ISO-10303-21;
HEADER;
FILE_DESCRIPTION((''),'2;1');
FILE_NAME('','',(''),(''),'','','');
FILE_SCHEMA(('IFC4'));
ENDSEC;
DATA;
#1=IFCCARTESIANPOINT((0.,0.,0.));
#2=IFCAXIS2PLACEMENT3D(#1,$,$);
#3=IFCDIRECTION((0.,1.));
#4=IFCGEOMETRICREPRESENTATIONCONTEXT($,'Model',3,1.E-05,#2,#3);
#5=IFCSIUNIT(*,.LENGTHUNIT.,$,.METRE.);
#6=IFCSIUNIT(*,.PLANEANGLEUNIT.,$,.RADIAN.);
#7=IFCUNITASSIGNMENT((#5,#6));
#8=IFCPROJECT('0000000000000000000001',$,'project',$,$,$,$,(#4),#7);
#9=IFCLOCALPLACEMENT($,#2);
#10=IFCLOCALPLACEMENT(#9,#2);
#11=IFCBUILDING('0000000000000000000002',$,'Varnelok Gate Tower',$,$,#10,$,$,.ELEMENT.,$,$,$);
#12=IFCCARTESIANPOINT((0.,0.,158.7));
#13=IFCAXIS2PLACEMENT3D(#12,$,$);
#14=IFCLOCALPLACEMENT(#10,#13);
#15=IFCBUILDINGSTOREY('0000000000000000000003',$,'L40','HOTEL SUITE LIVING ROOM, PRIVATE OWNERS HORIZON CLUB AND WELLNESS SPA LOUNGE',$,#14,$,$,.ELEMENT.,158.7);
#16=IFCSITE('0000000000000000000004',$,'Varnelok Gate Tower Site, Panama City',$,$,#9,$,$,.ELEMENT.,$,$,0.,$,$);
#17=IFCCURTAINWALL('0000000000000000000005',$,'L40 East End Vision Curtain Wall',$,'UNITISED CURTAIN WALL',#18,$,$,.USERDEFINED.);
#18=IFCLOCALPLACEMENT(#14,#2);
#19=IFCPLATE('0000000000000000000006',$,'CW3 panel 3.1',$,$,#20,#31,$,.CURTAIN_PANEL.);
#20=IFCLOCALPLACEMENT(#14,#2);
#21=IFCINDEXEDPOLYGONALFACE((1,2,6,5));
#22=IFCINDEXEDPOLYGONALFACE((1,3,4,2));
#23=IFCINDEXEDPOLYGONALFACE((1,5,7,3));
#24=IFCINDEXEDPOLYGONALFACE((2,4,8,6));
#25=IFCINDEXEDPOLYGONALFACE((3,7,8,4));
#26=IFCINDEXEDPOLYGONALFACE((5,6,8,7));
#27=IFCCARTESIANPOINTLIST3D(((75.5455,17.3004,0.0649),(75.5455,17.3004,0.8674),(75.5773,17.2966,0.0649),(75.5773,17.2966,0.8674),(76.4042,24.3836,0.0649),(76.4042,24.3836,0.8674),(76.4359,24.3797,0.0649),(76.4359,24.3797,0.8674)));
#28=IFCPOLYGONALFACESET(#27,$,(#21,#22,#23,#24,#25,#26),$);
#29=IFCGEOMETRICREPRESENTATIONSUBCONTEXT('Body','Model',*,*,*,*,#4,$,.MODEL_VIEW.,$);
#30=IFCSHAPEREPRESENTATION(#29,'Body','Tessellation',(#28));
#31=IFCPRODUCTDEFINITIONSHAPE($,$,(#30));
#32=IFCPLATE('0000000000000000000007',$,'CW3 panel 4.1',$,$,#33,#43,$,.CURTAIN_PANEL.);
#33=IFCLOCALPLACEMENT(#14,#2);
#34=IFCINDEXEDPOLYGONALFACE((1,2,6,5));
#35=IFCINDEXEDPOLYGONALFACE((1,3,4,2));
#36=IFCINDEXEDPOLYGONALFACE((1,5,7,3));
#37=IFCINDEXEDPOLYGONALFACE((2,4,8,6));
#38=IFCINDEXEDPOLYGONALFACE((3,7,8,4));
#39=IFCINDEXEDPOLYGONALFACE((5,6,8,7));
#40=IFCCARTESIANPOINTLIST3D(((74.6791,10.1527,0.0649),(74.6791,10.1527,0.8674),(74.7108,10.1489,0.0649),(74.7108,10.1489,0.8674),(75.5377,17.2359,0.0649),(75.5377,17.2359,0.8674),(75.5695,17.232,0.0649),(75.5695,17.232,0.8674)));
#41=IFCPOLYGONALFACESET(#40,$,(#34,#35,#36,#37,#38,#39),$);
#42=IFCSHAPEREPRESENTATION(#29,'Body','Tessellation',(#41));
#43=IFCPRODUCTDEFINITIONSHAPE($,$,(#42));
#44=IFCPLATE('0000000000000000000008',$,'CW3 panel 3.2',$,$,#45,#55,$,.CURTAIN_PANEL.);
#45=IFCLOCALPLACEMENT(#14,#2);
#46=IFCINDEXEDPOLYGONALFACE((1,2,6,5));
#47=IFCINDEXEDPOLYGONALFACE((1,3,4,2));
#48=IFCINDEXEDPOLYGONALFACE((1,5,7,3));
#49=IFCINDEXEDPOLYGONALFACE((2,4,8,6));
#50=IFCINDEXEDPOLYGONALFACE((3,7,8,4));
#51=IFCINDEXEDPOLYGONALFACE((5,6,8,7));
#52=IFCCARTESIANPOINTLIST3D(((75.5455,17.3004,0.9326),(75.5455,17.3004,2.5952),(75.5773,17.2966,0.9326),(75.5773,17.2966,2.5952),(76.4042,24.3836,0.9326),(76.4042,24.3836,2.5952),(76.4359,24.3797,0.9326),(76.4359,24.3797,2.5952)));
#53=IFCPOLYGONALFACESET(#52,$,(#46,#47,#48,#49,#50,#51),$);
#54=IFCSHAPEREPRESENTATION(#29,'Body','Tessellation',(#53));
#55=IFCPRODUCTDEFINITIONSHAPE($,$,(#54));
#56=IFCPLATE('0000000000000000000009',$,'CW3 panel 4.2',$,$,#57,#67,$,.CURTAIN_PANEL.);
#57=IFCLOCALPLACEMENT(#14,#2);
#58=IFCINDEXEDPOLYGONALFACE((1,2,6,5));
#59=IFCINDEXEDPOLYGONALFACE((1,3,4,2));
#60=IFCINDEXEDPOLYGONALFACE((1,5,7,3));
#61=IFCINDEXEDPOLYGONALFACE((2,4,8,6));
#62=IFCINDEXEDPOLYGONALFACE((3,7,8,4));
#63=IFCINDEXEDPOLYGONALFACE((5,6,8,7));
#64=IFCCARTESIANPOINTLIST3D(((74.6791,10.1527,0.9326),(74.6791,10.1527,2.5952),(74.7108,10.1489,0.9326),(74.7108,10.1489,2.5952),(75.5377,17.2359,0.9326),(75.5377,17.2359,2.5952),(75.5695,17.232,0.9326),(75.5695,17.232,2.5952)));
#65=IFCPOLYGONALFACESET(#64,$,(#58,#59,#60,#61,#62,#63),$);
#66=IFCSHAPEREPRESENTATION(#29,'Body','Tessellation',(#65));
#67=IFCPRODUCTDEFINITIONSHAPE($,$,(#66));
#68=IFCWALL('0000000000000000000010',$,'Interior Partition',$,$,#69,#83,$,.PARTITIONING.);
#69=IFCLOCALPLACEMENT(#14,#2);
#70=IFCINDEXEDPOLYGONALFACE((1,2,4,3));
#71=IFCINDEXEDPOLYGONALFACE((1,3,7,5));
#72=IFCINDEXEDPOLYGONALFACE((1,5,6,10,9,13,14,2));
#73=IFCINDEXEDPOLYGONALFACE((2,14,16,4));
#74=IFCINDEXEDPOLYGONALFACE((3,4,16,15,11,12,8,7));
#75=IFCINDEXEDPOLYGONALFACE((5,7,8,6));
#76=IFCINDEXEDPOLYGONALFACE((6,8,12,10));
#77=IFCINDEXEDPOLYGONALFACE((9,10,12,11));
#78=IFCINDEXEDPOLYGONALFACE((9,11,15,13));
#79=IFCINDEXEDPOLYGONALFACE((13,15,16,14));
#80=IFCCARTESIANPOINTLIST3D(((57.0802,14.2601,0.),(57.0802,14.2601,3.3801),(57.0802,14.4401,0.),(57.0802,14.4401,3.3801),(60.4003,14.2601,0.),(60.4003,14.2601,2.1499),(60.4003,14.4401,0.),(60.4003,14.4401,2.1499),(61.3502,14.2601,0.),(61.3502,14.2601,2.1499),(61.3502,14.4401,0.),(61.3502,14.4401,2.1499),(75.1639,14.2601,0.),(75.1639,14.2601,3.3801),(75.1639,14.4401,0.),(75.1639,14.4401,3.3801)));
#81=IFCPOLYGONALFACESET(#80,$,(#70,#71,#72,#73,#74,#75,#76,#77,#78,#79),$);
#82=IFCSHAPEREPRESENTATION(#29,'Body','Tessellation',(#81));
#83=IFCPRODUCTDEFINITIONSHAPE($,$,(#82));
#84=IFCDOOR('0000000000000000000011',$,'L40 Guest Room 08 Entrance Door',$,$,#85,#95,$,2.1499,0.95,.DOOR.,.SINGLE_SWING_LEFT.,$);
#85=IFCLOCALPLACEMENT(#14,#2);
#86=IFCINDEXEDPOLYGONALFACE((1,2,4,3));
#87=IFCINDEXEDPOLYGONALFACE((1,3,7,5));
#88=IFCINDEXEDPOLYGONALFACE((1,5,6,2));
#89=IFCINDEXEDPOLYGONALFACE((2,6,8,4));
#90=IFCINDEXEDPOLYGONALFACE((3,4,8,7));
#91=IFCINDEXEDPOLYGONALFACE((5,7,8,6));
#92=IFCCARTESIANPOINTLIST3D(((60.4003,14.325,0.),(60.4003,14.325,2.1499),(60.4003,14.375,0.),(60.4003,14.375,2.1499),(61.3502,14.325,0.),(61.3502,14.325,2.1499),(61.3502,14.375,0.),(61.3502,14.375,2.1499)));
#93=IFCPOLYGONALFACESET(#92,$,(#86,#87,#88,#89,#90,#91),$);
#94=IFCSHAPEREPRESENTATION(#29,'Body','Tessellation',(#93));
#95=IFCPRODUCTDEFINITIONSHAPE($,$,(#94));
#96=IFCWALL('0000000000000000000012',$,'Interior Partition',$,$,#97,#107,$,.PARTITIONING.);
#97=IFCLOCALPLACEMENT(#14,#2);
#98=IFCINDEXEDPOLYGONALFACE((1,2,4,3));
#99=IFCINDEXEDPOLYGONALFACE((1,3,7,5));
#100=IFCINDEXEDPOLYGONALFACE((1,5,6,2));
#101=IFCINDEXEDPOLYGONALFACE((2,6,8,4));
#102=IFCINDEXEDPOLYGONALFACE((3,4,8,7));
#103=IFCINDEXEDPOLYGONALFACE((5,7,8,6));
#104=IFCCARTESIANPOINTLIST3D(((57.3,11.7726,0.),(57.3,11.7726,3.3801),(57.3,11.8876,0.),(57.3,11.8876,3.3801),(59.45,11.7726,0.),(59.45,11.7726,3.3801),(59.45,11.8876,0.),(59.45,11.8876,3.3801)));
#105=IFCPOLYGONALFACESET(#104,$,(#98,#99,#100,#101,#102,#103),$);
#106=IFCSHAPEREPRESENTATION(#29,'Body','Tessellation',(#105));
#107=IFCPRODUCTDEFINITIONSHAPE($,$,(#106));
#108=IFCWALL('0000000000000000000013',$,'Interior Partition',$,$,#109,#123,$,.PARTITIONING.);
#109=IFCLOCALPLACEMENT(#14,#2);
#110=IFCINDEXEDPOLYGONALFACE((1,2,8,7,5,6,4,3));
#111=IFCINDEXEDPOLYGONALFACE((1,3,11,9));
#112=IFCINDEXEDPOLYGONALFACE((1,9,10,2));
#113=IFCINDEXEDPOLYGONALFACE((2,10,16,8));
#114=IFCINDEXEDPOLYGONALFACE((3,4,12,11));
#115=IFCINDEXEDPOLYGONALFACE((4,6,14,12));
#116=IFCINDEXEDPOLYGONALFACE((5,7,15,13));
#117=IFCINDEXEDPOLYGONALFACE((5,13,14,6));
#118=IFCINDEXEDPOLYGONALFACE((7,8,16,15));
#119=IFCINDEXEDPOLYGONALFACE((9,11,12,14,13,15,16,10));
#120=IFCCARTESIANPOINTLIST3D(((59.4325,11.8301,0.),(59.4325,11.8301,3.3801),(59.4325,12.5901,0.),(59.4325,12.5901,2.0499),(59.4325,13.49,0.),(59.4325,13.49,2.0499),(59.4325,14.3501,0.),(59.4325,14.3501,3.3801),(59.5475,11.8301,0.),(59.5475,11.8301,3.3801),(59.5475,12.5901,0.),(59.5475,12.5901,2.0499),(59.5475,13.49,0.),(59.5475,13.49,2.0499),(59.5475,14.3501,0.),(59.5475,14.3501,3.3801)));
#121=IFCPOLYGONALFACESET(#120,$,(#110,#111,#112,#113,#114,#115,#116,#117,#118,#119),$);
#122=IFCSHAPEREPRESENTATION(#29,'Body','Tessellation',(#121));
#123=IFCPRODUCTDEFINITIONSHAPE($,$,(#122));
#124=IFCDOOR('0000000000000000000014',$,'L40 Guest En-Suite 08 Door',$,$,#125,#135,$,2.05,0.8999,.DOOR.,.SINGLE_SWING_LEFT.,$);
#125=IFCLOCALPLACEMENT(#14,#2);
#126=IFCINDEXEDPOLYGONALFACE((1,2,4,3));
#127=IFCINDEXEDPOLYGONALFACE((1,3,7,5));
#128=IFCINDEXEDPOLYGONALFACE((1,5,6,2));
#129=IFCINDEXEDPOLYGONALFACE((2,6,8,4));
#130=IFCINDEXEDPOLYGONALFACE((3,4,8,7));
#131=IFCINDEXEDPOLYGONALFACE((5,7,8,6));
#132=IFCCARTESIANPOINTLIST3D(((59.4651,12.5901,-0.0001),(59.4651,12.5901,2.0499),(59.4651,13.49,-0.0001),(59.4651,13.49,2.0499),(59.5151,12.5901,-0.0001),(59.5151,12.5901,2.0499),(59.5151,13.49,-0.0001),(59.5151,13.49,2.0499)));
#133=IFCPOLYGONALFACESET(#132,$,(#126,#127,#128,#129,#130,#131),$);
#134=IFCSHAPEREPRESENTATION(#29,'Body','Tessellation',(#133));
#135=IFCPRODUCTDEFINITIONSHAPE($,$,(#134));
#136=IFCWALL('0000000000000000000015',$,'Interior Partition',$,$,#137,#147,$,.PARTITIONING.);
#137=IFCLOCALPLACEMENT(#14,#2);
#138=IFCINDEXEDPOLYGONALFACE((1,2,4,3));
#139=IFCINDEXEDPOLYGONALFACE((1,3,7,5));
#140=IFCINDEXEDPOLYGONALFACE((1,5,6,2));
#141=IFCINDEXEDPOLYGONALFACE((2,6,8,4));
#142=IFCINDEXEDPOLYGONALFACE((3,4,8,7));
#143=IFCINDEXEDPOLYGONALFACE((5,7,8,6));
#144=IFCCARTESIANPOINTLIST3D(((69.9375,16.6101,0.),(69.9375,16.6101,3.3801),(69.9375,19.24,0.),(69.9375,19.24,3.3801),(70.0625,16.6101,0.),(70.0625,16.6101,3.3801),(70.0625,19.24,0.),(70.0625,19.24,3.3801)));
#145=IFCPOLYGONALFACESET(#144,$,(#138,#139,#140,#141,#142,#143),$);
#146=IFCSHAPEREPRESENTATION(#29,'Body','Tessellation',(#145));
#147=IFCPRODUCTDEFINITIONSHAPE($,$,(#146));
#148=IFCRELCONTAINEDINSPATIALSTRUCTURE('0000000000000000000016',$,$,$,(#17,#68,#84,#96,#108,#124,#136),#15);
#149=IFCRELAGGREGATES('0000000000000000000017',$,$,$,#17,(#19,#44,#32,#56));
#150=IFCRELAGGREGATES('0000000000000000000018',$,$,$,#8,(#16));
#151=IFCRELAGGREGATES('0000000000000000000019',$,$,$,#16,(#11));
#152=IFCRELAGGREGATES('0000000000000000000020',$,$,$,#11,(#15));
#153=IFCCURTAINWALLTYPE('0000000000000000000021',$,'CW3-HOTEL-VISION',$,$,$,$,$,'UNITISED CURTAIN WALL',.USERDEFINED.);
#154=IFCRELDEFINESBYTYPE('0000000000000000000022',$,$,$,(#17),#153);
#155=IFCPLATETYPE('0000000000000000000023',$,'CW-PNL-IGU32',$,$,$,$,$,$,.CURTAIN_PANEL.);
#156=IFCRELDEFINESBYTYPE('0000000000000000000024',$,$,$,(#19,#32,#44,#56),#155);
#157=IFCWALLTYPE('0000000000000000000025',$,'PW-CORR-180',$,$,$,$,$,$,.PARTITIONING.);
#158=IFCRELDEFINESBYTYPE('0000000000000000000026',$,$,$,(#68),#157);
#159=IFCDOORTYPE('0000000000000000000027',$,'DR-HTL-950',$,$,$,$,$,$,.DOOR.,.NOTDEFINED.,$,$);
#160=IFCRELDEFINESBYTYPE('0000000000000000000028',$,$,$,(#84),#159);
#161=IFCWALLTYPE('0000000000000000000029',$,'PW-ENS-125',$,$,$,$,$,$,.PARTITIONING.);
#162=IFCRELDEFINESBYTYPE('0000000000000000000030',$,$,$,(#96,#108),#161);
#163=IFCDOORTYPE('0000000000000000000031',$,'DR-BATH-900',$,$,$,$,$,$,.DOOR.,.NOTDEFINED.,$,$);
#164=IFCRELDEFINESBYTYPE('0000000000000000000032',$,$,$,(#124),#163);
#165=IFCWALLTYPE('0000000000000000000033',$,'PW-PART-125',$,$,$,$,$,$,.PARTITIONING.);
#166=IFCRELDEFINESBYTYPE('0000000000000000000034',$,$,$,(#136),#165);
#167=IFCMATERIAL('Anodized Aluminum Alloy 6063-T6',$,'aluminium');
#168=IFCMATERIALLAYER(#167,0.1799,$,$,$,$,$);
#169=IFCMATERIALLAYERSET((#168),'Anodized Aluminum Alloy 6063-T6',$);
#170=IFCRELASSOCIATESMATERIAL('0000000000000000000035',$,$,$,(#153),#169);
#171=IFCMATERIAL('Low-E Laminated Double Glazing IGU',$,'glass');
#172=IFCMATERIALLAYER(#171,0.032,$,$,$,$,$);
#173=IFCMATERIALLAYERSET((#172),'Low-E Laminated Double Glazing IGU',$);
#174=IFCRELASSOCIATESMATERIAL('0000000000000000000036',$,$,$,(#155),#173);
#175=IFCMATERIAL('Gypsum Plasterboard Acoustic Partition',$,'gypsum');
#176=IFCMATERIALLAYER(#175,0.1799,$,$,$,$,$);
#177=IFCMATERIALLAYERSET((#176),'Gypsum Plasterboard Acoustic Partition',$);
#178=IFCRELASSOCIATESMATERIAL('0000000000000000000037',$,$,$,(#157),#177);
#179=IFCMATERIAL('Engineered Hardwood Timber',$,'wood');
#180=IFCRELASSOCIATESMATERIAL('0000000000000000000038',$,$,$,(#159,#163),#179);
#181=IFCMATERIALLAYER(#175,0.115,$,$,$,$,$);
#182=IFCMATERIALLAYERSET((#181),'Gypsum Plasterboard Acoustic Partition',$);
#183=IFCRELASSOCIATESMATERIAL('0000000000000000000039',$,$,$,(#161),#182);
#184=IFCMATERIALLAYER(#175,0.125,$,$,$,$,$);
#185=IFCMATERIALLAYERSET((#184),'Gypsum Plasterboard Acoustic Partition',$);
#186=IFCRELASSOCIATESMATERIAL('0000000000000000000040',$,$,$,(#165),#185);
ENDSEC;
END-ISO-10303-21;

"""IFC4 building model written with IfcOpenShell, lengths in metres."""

from ifc_helpers import new_model, si_unit, direction, frame, frame_2d, origin, origin_2d, place, context, subcontext, project, spatial, rectangle, extrude, source, transform, mapped, material, layer, layer_set, type_object, element, fill, aggregate, save


model = new_model("IFC4")

# Units and contexts
model_context = context("Model", 3, precision=1e-05, world=origin(), true_north=direction((0.0, 1.0)))
body_context = subcontext(model_context, "Body", "Model", "MODEL_VIEW")
ifc_project = project(units=[si_unit("LENGTHUNIT", "METRE"), si_unit("PLANEANGLEUNIT", "RADIAN")], contexts=[model_context])

# Site, building, storey
site_placement = place(None, origin())
site = spatial("IfcSite", under=ifc_project, at=site_placement, Name="Varnelok Gate Tower Site, Panama City", CompositionType="ELEMENT", RefElevation=0.0)
building_placement = place(site_placement, origin())
building = spatial("IfcBuilding", under=site, at=building_placement, Name="Varnelok Gate Tower", CompositionType="ELEMENT")
storey_placement = place(building_placement, frame((0.0, 0.0, 158.7)))
storey = spatial("IfcBuildingStorey", under=building, at=storey_placement, Name="L40", Description="HOTEL SUITE LIVING ROOM, PRIVATE OWNERS HORIZON CLUB AND WELLNESS SPA LOUNGE", CompositionType="ELEMENT", Elevation=158.7)

# Curtain wall, plates
ifc_material_1 = material(Name="Anodized Aluminum Alloy 6063-T6", Category="aluminium")
ifc_layer_1 = layer(ifc_material_1, 0.1799)
ifc_layer_set_1 = layer_set([ifc_layer_1], Name="Anodized Aluminum Alloy 6063-T6")
curtain_wall_type = type_object("IfcCurtainWallType", Name="CW3-HOTEL-VISION", ElementType="UNITISED CURTAIN WALL", PredefinedType="USERDEFINED", material=ifc_layer_set_1)
curtain_wall_placement = place(storey_placement, origin())
curtain_wall = element("IfcCurtainWall", 1, at=curtain_wall_placement, inside=storey, type_object=curtain_wall_type, Name="L40 East End Vision Curtain Wall", ObjectType="UNITISED CURTAIN WALL", PredefinedType="USERDEFINED")
ifc_material_2 = material(Name="Low-E Laminated Double Glazing IGU", Category="glass")
ifc_layer_2 = layer(ifc_material_2, 0.032)
ifc_layer_set_2 = layer_set([ifc_layer_2], Name="Low-E Laminated Double Glazing IGU")
plate_type = type_object("IfcPlateType", Name="CW-PNL-IGU32", PredefinedType="CURTAIN_PANEL", material=ifc_layer_set_2)
shared_shape_1 = source(origin(), body_context, "Body", "SweptSolid", [
    extrude(rectangle(XDim=7.135, YDim=0.032, at=origin_2d()), origin(), (0.0, 0.0, 1.0), 0.8025),
])
plate_1_placement = place(storey_placement, frame((75.9907, 20.8401, 0.0649), z_axis=(0.0, 0.0, 1.0), x_axis=(-0.120347, -0.992732, 0.0)))
plate_1 = element("IfcPlate", 2, at=plate_1_placement, type_object=plate_type, Name="CW3 panel 3.1", PredefinedType="CURTAIN_PANEL", context=body_context, shape_type="MappedRepresentation", body=[
    mapped(shared_shape_1, transform((0.0, 0.0, 0.0), scale=1.0)),
])
plate_2_placement = place(storey_placement, frame((75.1243, 13.6924, 0.0649), z_axis=(0.0, 0.0, 1.0), x_axis=(-0.120347, -0.992732, 0.0)))
plate_2 = element("IfcPlate", 3, at=plate_2_placement, type_object=plate_type, Name="CW3 panel 4.1", PredefinedType="CURTAIN_PANEL", context=body_context, shape_type="MappedRepresentation", body=[
    mapped(shared_shape_1, transform((0.0, 0.0, 0.0), scale=1.0)),
])
shared_shape_2 = source(origin(), body_context, "Body", "SweptSolid", [
    extrude(rectangle(XDim=7.135, YDim=0.032, at=origin_2d()), origin(), (0.0, 0.0, 1.0), 1.6626),
])
plate_3_placement = place(storey_placement, frame((75.9907, 20.8401, 0.9326), z_axis=(0.0, 0.0, 1.0), x_axis=(-0.120347, -0.992732, 0.0)))
plate_3 = element("IfcPlate", 4, at=plate_3_placement, type_object=plate_type, Name="CW3 panel 3.2", PredefinedType="CURTAIN_PANEL", context=body_context, shape_type="MappedRepresentation", body=[
    mapped(shared_shape_2, transform((0.0, 0.0, 0.0), scale=1.0)),
])
plate_4_placement = place(storey_placement, frame((75.1243, 13.6924, 0.9326), z_axis=(0.0, 0.0, 1.0), x_axis=(-0.120347, -0.992732, 0.0)))
plate_4 = element("IfcPlate", 5, at=plate_4_placement, type_object=plate_type, Name="CW3 panel 4.2", PredefinedType="CURTAIN_PANEL", context=body_context, shape_type="MappedRepresentation", body=[
    mapped(shared_shape_2, transform((0.0, 0.0, 0.0), scale=1.0)),
])
aggregate(curtain_wall, [plate_1, plate_3, plate_2, plate_4])

# Wall, opening, door
ifc_material_3 = material(Name="Gypsum Plasterboard Acoustic Partition", Category="gypsum")
ifc_layer_3 = layer(ifc_material_3, 0.1799)
ifc_layer_set_3 = layer_set([ifc_layer_3], Name="Gypsum Plasterboard Acoustic Partition")
wall_type_1 = type_object("IfcWallType", Name="PW-CORR-180", PredefinedType="PARTITIONING", material=ifc_layer_set_3)
wall_1_placement = place(storey_placement, frame((57.0801, 14.3501, 0.0), z_axis=(0.0, 0.0, 1.0), x_axis=(1.0, 0.0, 0.0)))
wall_1 = element("IfcWall", 6, at=wall_1_placement, inside=storey, type_object=wall_type_1, Name="Interior Partition", PredefinedType="PARTITIONING", context=body_context, shape_type="SweptSolid", body=[
    extrude(rectangle(XDim=18.0837, YDim=0.1799, at=frame_2d((9.042, 0.0))), origin(), (0.0, 0.0, 1.0), 3.3801),
])
opening_1_placement = place(wall_1_placement, frame((3.3201, 0.0, 0.0)))
opening_1 = element("IfcOpeningElement", 7, at=opening_1_placement, cuts=wall_1, PredefinedType="OPENING", context=body_context, shape_type="SweptSolid", body=[
    extrude(rectangle(XDim=0.95, YDim=2.1499, at=frame_2d((0.4751, 1.075))), frame((0.0, 0.0999, 0.0), z_axis=(0.0, -1.0, 0.0), x_axis=(1.0, 0.0, 0.0)), (0.0, 0.0, 1.0), 0.2),
])
ifc_material_4 = material(Name="Engineered Hardwood Timber", Category="wood")
door_type_1 = type_object("IfcDoorType", Name="DR-HTL-950", OperationType="NOTDEFINED", PredefinedType="DOOR", material=ifc_material_4)
door_1_placement = place(opening_1_placement, origin())
door_1 = element("IfcDoor", 8, at=door_1_placement, inside=storey, type_object=door_type_1, Name="L40 Guest Room 08 Entrance Door", OperationType="SINGLE_SWING_LEFT", OverallHeight=2.1499, OverallWidth=0.95, PredefinedType="DOOR", context=body_context, shape_type="SweptSolid", body=[
    extrude(rectangle(XDim=0.95, YDim=2.1499, at=frame_2d((0.4751, 1.075))), frame((0.0, 0.0249, 0.0), z_axis=(0.0, -1.0, 0.0), x_axis=(1.0, 0.0, 0.0)), (0.0, 0.0, 1.0), 0.05),
])
fill(opening_1, door_1)

# Wall
ifc_layer_4 = layer(ifc_material_3, 0.115)
ifc_layer_set_4 = layer_set([ifc_layer_4], Name="Gypsum Plasterboard Acoustic Partition")
wall_type_2 = type_object("IfcWallType", Name="PW-ENS-125", PredefinedType="PARTITIONING", material=ifc_layer_set_4)
wall_2_placement = place(storey_placement, frame((57.3, 11.8301, 0.0), z_axis=(0.0, 0.0, 1.0), x_axis=(1.0, 0.0, 0.0)))
element("IfcWall", 9, at=wall_2_placement, inside=storey, type_object=wall_type_2, Name="Interior Partition", PredefinedType="PARTITIONING", context=body_context, shape_type="SweptSolid", body=[
    extrude(rectangle(XDim=2.1499, YDim=0.115, at=frame_2d((1.075, 0.0))), origin(), (0.0, 0.0, 1.0), 3.3801),
])

# Wall, opening, door
wall_3_placement = place(storey_placement, frame((59.49, 11.8301, 0.0), z_axis=(0.0, 0.0, 1.0), x_axis=(0.0, 1.0, 0.0)))
wall_3 = element("IfcWall", 10, at=wall_3_placement, inside=storey, type_object=wall_type_2, Name="Interior Partition", PredefinedType="PARTITIONING", context=body_context, shape_type="SweptSolid", body=[
    extrude(rectangle(XDim=2.52, YDim=0.115, at=frame_2d((1.26, 0.0))), origin(), (0.0, 0.0, 1.0), 3.3801),
])
opening_2_placement = place(wall_3_placement, frame((0.76, 0.0, 0.0)))
opening_2 = element("IfcOpeningElement", 11, at=opening_2_placement, cuts=wall_3, PredefinedType="OPENING", context=body_context, shape_type="SweptSolid", body=[
    extrude(rectangle(XDim=0.8999, YDim=2.05, at=frame_2d((0.45, 1.0249))), frame((0.0, 0.0674, 0.0), z_axis=(0.0, -1.0, 0.0), x_axis=(1.0, 0.0, 0.0)), (0.0, 0.0, 1.0), 0.135),
])
door_type_2 = type_object("IfcDoorType", Name="DR-BATH-900", OperationType="NOTDEFINED", PredefinedType="DOOR", material=ifc_material_4)
door_2_placement = place(opening_2_placement, origin())
door_2 = element("IfcDoor", 12, at=door_2_placement, inside=storey, type_object=door_type_2, Name="L40 Guest En-Suite 08 Door", OperationType="SINGLE_SWING_LEFT", OverallHeight=2.05, OverallWidth=0.8999, PredefinedType="DOOR", context=body_context, shape_type="SweptSolid", body=[
    extrude(rectangle(XDim=0.8999, YDim=2.05, at=frame_2d((0.45, 1.0249))), frame((0.0, 0.0249, 0.0), z_axis=(0.0, -1.0, 0.0), x_axis=(1.0, 0.0, 0.0)), (0.0, 0.0, 1.0), 0.05),
])
fill(opening_2, door_2)

# Wall
ifc_layer_5 = layer(ifc_material_3, 0.125)
ifc_layer_set_5 = layer_set([ifc_layer_5], Name="Gypsum Plasterboard Acoustic Partition")
wall_type_3 = type_object("IfcWallType", Name="PW-PART-125", PredefinedType="PARTITIONING", material=ifc_layer_set_5)
wall_4_placement = place(storey_placement, frame((70.0, 16.6101, 0.0), z_axis=(0.0, 0.0, 1.0), x_axis=(0.0, 1.0, 0.0)))
element("IfcWall", 13, at=wall_4_placement, inside=storey, type_object=wall_type_3, Name="Interior Partition", PredefinedType="PARTITIONING", context=body_context, shape_type="SweptSolid", body=[
    extrude(rectangle(XDim=2.6299, YDim=0.125, at=frame_2d((1.3149, 0.0))), origin(), (0.0, 0.0, 1.0), 3.3801),
])

save(model, "model.ifc")
